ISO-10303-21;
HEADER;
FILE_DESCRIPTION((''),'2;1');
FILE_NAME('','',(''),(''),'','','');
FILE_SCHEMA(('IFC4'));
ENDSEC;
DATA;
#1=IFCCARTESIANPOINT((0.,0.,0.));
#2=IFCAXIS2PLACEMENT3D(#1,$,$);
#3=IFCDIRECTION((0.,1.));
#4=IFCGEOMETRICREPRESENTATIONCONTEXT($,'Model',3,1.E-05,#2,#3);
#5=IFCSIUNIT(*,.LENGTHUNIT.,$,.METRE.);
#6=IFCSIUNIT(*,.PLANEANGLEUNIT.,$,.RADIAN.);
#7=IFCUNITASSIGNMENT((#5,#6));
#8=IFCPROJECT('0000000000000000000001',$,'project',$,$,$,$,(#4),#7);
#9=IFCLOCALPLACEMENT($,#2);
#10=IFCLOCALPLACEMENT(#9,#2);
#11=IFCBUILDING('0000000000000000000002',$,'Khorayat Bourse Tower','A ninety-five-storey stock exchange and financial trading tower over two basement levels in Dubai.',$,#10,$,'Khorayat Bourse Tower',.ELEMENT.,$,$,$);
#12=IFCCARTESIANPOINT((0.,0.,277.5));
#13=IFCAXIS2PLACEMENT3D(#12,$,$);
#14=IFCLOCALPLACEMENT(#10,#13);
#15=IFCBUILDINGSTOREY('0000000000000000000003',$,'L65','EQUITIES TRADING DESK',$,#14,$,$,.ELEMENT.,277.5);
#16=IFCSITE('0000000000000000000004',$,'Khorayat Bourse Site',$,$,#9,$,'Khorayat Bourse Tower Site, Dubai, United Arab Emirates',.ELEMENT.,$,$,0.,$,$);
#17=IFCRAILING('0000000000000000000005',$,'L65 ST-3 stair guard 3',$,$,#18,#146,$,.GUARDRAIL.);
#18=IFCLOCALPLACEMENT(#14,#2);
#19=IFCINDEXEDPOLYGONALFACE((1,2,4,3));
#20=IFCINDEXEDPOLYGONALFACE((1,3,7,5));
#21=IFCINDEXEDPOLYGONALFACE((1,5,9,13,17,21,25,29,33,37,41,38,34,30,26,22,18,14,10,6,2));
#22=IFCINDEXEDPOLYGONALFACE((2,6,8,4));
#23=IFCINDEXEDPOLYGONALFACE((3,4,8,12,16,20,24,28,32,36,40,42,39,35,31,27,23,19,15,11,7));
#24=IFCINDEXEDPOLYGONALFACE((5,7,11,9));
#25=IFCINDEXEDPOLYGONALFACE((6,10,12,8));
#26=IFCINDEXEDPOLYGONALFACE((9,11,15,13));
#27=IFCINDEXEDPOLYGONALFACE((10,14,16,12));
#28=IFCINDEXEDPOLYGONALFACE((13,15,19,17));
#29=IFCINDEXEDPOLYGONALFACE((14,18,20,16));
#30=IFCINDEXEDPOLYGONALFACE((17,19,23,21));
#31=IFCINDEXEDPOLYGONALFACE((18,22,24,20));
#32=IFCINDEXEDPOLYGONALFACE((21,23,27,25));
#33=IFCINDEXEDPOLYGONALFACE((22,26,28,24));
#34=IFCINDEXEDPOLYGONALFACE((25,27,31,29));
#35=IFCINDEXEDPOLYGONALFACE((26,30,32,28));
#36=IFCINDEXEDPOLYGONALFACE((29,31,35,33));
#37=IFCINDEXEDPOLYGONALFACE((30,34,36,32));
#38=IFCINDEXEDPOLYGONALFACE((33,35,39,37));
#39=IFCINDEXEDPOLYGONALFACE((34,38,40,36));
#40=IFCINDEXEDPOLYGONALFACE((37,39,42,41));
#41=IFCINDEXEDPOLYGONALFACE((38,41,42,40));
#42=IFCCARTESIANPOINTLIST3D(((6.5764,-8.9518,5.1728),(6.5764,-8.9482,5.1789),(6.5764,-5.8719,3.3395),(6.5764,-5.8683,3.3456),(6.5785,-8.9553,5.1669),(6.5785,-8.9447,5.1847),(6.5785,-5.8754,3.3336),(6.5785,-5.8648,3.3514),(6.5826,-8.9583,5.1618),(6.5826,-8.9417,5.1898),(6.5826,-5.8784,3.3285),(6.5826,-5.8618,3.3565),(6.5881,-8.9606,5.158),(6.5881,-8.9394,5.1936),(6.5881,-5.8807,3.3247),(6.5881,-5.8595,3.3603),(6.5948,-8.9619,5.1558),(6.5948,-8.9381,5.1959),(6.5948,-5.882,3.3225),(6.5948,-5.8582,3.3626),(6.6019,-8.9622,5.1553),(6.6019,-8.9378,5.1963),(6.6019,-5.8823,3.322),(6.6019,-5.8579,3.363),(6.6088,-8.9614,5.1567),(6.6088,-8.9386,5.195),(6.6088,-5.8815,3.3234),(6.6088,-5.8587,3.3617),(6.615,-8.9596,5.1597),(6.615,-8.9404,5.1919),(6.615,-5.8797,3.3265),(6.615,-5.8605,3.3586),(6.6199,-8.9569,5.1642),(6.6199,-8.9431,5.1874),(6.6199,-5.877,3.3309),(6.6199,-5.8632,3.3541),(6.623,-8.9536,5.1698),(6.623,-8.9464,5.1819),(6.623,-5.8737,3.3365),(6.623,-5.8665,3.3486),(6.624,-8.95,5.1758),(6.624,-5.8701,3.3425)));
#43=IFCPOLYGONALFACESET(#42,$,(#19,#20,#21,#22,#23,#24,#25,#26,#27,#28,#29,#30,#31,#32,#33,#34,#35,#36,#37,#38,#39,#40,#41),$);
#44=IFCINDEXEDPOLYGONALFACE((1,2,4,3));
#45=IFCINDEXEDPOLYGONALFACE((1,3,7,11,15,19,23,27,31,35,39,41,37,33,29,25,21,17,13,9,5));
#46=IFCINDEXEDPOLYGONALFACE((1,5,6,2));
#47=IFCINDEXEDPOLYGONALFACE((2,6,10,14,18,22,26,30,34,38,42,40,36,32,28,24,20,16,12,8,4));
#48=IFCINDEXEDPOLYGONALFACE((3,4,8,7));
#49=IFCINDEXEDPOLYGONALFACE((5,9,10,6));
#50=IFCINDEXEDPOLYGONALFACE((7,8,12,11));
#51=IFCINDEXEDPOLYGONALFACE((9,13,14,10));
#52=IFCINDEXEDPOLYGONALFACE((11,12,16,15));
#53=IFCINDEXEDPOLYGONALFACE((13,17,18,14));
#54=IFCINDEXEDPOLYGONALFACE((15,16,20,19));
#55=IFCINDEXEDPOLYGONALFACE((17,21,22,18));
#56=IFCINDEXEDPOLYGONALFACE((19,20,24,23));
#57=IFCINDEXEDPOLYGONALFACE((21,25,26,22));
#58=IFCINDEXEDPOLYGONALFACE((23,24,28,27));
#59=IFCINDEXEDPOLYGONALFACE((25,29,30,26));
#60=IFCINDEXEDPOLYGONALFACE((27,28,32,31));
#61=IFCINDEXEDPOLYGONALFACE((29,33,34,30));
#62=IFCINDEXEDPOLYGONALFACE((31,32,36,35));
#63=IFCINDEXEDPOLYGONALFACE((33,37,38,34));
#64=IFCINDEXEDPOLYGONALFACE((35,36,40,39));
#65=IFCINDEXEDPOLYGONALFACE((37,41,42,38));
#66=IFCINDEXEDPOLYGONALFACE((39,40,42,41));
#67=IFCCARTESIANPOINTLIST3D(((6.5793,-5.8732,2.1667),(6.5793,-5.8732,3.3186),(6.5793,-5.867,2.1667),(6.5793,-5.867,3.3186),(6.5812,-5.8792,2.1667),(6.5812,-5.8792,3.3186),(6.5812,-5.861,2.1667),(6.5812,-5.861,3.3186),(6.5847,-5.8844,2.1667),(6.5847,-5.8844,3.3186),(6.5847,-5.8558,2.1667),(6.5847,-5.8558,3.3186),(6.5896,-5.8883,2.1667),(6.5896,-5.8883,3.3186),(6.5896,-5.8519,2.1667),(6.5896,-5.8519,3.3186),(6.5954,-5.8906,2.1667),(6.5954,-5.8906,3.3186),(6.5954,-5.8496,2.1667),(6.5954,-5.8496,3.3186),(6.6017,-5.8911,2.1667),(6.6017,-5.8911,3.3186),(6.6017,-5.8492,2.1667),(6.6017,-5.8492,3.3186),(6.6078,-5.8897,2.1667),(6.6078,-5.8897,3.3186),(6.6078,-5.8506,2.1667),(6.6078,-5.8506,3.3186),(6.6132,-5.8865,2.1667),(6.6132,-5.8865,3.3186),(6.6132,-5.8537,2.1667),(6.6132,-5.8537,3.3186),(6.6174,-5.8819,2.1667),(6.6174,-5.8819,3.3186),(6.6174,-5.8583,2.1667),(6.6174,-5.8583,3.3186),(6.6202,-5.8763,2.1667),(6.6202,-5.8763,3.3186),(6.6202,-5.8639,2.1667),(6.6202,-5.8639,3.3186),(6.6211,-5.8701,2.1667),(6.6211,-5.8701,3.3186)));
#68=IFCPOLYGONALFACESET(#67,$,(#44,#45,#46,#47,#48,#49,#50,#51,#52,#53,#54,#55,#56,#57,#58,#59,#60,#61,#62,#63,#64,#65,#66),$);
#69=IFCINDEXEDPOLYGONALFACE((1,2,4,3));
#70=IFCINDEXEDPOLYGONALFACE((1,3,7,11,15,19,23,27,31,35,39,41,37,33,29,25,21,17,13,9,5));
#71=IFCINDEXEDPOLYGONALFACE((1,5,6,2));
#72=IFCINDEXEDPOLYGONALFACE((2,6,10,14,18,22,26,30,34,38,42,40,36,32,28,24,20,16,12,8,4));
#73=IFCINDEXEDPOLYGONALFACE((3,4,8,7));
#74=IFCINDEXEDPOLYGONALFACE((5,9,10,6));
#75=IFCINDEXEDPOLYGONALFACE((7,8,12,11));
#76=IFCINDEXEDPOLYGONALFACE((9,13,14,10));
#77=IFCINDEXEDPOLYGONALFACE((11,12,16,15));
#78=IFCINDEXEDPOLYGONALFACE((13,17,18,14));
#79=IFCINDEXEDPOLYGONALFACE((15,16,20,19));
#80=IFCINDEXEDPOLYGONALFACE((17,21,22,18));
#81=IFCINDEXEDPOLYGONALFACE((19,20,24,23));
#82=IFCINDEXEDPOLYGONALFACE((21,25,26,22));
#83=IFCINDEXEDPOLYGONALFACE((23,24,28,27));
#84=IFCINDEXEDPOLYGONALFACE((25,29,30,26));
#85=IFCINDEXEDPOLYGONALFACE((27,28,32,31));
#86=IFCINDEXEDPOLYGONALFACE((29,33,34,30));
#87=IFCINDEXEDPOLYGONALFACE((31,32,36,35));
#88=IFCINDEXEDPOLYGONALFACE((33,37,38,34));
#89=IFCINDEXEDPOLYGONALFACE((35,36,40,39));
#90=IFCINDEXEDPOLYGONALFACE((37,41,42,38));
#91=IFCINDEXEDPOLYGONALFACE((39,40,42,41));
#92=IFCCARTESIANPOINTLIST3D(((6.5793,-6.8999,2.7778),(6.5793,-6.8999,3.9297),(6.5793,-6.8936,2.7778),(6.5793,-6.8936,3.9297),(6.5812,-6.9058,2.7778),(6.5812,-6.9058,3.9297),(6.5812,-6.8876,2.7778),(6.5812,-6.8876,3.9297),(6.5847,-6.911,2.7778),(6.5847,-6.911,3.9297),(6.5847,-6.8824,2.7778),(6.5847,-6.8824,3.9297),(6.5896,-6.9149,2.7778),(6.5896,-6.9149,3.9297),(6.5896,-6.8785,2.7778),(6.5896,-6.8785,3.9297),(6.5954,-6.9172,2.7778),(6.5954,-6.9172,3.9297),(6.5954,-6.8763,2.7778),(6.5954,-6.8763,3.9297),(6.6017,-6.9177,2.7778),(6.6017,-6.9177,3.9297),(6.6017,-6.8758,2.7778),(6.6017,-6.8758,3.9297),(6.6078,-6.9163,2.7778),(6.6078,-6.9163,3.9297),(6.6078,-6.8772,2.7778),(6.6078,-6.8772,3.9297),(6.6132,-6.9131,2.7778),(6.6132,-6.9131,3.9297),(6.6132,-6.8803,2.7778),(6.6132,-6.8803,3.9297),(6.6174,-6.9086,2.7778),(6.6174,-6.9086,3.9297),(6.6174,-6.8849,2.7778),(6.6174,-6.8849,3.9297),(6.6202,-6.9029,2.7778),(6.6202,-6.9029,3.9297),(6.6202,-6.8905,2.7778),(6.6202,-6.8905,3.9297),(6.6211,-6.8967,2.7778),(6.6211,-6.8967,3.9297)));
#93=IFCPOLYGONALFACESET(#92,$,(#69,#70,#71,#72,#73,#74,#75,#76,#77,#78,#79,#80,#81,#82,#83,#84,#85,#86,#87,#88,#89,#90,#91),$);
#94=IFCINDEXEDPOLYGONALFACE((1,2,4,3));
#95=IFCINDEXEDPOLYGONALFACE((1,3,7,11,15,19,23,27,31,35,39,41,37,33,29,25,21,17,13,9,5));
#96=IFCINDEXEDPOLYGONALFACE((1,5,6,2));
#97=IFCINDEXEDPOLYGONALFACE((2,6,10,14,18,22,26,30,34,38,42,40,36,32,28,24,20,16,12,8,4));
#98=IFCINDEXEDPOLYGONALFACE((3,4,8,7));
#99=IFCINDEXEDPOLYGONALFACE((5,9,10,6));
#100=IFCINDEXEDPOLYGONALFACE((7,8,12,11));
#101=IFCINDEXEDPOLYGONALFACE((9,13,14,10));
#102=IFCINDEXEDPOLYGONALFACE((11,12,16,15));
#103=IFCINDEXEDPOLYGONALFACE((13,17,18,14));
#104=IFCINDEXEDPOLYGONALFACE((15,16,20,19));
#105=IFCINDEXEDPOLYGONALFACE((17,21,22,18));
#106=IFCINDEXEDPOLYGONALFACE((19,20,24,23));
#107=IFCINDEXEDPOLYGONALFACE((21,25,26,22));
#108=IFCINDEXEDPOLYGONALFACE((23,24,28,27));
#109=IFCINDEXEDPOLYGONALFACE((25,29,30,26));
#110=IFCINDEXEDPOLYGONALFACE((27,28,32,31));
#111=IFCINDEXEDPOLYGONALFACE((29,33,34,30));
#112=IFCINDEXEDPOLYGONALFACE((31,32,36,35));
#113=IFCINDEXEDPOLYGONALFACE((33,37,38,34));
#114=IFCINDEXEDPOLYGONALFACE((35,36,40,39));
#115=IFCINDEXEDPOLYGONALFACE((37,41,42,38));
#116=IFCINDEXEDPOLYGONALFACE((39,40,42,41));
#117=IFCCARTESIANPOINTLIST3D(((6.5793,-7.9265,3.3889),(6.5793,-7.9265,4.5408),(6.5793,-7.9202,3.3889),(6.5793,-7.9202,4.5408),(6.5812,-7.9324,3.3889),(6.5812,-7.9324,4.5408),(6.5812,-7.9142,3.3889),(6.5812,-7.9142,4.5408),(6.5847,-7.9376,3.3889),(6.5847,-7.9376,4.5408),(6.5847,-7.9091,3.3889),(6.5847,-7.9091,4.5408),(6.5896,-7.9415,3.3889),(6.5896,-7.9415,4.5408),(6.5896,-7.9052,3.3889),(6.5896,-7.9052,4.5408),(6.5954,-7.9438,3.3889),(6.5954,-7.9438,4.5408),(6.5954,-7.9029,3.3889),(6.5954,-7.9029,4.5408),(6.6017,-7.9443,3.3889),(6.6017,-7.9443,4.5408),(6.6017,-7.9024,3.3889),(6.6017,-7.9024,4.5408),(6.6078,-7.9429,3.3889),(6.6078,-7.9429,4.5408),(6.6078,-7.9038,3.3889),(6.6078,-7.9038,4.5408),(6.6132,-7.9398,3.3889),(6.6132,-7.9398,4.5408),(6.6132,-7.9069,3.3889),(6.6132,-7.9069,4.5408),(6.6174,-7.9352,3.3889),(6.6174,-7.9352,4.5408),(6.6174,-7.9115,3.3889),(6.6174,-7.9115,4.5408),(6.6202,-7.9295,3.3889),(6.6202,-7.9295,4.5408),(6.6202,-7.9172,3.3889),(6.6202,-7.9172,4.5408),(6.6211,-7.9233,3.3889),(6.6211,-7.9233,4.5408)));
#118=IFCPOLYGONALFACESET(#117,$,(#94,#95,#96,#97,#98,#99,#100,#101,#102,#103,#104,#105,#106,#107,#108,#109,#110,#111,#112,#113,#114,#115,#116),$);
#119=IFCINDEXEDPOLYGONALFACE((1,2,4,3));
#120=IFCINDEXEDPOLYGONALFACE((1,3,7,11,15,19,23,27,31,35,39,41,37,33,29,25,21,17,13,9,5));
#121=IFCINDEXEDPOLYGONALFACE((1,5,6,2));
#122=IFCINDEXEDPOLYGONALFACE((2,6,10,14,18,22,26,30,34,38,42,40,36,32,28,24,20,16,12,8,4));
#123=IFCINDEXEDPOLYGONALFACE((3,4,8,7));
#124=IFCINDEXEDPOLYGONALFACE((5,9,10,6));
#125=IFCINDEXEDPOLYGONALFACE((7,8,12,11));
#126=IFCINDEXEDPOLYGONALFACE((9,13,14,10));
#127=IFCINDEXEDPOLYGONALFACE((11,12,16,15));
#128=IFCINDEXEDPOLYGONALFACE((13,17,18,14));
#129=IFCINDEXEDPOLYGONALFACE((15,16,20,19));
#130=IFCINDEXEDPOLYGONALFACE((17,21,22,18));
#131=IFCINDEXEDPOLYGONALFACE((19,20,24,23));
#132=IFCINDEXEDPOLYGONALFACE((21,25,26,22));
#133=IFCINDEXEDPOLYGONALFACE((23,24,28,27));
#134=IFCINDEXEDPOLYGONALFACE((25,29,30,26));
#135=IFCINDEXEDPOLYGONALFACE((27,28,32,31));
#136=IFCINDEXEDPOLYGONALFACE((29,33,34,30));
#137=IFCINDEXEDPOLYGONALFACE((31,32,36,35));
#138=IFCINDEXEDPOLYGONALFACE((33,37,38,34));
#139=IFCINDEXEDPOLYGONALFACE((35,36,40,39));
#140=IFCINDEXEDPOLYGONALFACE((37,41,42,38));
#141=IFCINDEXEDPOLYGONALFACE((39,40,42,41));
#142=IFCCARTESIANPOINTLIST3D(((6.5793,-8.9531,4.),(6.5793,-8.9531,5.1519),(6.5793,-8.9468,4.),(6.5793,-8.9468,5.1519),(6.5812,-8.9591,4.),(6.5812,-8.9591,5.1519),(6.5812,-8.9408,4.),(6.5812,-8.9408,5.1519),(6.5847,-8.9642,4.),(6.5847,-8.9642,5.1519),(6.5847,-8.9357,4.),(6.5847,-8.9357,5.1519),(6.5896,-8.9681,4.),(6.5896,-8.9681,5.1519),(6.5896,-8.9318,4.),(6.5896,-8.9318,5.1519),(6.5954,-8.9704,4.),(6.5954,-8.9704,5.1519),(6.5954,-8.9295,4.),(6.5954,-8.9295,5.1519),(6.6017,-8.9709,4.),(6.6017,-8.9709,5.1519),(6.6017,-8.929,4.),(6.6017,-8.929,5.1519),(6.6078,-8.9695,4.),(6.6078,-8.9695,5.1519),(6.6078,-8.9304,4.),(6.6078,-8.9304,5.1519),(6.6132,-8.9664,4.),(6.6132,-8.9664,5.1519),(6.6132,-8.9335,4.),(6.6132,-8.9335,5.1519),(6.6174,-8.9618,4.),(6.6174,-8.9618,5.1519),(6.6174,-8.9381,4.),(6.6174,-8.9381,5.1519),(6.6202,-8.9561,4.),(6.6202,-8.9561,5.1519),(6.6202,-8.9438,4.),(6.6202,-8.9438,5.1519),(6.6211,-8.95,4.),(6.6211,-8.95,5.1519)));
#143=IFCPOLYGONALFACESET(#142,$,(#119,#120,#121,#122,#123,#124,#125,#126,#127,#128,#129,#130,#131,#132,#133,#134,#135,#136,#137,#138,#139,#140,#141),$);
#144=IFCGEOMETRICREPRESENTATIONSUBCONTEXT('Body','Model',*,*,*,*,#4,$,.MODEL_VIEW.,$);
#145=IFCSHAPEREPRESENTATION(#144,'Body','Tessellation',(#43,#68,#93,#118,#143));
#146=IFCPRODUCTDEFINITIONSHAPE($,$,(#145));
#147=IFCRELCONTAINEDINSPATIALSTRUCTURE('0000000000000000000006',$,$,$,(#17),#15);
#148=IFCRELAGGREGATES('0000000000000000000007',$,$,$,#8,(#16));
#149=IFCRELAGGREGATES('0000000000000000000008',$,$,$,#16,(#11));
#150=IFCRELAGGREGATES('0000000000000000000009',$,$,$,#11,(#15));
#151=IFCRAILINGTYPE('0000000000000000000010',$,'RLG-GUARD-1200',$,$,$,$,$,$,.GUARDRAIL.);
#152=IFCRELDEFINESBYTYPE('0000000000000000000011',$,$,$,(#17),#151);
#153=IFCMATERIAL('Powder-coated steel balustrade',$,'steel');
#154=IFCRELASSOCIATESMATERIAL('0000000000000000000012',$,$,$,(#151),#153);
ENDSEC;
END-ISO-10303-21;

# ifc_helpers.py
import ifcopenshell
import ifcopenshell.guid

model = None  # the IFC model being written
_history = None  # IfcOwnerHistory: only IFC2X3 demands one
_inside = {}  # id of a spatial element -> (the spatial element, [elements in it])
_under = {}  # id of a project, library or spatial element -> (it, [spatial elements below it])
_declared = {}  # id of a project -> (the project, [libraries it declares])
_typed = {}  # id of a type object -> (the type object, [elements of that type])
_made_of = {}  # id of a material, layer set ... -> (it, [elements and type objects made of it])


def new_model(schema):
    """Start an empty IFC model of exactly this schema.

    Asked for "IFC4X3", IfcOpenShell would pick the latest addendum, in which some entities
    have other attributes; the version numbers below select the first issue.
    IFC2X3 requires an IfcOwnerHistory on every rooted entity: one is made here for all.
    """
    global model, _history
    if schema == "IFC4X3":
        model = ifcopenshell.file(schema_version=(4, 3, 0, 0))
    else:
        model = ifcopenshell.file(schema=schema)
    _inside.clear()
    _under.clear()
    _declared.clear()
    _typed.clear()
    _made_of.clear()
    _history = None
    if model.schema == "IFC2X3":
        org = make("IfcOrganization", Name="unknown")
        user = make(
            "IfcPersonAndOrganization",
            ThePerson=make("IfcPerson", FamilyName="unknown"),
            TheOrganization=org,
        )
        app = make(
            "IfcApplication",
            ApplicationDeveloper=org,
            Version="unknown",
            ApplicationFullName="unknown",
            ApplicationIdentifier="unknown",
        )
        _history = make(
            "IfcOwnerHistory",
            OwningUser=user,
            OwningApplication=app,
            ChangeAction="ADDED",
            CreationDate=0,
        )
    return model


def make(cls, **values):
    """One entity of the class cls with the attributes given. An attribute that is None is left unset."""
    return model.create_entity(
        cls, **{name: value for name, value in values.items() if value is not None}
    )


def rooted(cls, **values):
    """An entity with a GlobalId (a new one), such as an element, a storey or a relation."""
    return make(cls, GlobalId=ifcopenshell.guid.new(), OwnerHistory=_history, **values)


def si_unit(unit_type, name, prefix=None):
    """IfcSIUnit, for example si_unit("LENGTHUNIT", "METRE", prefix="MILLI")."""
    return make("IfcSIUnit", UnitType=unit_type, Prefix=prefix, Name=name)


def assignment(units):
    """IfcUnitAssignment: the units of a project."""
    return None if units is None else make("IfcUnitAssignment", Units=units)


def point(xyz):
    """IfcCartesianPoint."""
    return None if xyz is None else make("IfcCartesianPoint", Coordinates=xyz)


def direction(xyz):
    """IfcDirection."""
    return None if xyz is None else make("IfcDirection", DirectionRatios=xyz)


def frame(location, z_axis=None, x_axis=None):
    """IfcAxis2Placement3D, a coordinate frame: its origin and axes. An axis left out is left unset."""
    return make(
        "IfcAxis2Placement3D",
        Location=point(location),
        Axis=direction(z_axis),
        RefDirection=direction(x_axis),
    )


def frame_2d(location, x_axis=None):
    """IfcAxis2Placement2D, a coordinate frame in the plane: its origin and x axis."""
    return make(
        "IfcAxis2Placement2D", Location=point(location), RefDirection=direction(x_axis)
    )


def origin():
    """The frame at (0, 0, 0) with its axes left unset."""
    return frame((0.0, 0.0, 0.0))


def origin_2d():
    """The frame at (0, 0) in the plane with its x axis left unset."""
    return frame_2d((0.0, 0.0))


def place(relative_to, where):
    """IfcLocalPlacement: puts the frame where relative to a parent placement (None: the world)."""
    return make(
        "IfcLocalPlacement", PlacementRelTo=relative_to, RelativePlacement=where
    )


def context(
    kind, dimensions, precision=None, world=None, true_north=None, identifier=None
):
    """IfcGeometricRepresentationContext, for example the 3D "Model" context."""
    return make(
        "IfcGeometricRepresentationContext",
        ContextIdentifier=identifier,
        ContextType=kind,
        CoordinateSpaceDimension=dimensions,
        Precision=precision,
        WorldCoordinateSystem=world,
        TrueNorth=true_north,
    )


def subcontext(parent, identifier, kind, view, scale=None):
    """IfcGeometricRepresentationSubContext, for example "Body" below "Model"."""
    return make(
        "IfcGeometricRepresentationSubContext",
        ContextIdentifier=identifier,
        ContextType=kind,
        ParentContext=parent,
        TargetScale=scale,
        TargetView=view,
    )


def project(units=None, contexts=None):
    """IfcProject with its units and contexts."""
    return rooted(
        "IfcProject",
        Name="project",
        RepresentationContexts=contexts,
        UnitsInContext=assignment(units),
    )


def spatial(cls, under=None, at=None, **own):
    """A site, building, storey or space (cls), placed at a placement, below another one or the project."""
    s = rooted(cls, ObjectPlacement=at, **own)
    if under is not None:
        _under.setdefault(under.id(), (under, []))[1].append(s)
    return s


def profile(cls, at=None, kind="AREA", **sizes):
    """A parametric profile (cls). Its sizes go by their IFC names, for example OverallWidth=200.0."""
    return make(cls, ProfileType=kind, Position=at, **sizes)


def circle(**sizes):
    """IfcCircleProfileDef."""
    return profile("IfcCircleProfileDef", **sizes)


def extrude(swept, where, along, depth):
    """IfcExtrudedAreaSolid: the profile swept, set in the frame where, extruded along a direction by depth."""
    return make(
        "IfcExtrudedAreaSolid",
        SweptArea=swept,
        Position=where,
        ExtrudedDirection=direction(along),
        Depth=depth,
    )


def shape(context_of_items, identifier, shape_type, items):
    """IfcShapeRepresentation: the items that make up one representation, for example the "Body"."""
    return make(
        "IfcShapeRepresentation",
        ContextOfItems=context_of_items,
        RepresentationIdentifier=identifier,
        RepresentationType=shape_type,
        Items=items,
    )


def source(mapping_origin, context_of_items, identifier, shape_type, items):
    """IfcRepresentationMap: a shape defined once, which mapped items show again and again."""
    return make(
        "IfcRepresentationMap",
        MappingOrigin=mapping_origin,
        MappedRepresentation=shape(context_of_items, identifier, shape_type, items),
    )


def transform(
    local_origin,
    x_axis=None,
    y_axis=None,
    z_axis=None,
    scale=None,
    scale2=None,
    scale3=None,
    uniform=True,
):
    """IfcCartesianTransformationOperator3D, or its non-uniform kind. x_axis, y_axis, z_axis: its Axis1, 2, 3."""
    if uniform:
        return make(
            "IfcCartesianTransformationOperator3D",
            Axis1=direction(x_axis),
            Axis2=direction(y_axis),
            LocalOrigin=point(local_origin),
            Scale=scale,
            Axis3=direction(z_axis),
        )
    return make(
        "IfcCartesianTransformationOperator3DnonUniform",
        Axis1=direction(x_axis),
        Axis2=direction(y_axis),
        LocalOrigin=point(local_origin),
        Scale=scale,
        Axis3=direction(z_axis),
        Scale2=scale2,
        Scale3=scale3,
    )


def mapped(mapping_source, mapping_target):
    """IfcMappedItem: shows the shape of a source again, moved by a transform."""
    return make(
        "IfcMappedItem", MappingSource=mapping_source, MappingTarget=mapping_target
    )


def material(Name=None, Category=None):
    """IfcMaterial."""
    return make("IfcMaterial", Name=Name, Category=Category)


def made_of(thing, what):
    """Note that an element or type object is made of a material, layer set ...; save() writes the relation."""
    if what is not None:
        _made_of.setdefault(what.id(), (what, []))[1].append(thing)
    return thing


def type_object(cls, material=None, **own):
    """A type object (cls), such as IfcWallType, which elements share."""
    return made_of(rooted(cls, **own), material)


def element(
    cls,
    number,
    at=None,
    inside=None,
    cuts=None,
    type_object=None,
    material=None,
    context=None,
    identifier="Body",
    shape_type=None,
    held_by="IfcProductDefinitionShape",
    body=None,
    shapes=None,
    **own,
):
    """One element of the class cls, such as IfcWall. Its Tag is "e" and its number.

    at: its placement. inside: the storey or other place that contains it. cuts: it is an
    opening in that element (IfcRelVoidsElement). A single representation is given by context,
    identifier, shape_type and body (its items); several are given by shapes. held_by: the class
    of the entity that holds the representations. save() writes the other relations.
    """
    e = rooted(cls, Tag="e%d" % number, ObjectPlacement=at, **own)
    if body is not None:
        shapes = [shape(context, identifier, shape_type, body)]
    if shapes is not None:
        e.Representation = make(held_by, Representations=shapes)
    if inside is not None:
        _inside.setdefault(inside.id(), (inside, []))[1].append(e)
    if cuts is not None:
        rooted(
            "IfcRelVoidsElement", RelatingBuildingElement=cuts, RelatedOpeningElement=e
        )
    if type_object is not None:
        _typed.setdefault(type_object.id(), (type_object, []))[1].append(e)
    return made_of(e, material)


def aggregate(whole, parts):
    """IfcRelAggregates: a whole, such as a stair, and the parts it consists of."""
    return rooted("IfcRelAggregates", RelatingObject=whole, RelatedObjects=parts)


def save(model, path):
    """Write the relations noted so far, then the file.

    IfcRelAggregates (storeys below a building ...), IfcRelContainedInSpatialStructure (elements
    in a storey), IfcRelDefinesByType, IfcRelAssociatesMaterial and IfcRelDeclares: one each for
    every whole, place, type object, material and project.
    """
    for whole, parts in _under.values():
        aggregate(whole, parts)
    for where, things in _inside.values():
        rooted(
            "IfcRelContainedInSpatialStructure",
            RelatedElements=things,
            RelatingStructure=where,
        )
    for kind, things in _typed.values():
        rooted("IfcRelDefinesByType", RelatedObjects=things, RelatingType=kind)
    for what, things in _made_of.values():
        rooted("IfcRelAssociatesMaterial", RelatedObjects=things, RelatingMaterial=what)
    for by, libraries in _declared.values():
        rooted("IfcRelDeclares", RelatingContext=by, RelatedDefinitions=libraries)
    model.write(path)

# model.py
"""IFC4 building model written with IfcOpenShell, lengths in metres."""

from ifc_helpers import new_model, si_unit, direction, frame, origin, origin_2d, place, context, subcontext, project, spatial, circle, extrude, source, transform, mapped, material, type_object, element, save


model = new_model("IFC4")

# Units and contexts
model_context = context("Model", 3, precision=1e-05, world=origin(), true_north=direction((0.0, 1.0)))
body_context = subcontext(model_context, "Body", "Model", "MODEL_VIEW")
ifc_project = project(units=[si_unit("LENGTHUNIT", "METRE"), si_unit("PLANEANGLEUNIT", "RADIAN")], contexts=[model_context])

# Site, building, storey
site_placement = place(None, origin())
site = spatial("IfcSite", under=ifc_project, at=site_placement, Name="Khorayat Bourse Site", LongName="Khorayat Bourse Tower Site, Dubai, United Arab Emirates", CompositionType="ELEMENT", RefElevation=0.0)
building_placement = place(site_placement, origin())
building = spatial("IfcBuilding", under=site, at=building_placement, Name="Khorayat Bourse Tower", Description="A ninety-five-storey stock exchange and financial trading tower over two basement levels in Dubai.", LongName="Khorayat Bourse Tower", CompositionType="ELEMENT")
storey_placement = place(building_placement, frame((0.0, 0.0, 277.5)))
storey = spatial("IfcBuildingStorey", under=building, at=storey_placement, Name="L65", Description="EQUITIES TRADING DESK", CompositionType="ELEMENT", Elevation=277.5)

# Railing
ifc_material_1 = material(Name="Powder-coated steel balustrade", Category="steel")
railing_type_1 = type_object("IfcRailingType", Name="RLG-GUARD-1200", PredefinedType="GUARDRAIL", material=ifc_material_1)
shared_shape_1 = source(origin(), body_context, "Body", "SweptSolid", [
    extrude(circle(Radius=0.0239, at=origin_2d()), frame((0.0, 0.0, 1.1758), z_axis=(0.0, -0.859291, 0.511487), x_axis=(1.0, 0.0, 0.0)), (0.0, 0.0, 1.0), 3.5842),
    extrude(circle(Radius=0.021, at=origin_2d()), origin(), (0.0, 0.0, 1.0), 1.1519),
    extrude(circle(Radius=0.021, at=origin_2d()), frame((0.0, -1.0266, 0.6111)), (0.0, 0.0, 1.0), 1.1519),
    extrude(circle(Radius=0.021, at=origin_2d()), frame((0.0, -2.0532, 1.2222)), (0.0, 0.0, 1.0), 1.1519),
    extrude(circle(Radius=0.021, at=origin_2d()), frame((0.0, -3.0798, 1.8333)), (0.0, 0.0, 1.0), 1.1519),
])
railing_1_placement = place(storey_placement, frame((6.6001, -5.8701, 2.1667)))
element("IfcRailing", 1, at=railing_1_placement, inside=storey, type_object=railing_type_1, Name="L65 ST-3 stair guard 3", PredefinedType="GUARDRAIL", context=body_context, shape_type="MappedRepresentation", body=[
    mapped(shared_shape_1, transform((0.0, 0.0, 0.0), scale=1.0)),
])

save(model, "model.ifc")
